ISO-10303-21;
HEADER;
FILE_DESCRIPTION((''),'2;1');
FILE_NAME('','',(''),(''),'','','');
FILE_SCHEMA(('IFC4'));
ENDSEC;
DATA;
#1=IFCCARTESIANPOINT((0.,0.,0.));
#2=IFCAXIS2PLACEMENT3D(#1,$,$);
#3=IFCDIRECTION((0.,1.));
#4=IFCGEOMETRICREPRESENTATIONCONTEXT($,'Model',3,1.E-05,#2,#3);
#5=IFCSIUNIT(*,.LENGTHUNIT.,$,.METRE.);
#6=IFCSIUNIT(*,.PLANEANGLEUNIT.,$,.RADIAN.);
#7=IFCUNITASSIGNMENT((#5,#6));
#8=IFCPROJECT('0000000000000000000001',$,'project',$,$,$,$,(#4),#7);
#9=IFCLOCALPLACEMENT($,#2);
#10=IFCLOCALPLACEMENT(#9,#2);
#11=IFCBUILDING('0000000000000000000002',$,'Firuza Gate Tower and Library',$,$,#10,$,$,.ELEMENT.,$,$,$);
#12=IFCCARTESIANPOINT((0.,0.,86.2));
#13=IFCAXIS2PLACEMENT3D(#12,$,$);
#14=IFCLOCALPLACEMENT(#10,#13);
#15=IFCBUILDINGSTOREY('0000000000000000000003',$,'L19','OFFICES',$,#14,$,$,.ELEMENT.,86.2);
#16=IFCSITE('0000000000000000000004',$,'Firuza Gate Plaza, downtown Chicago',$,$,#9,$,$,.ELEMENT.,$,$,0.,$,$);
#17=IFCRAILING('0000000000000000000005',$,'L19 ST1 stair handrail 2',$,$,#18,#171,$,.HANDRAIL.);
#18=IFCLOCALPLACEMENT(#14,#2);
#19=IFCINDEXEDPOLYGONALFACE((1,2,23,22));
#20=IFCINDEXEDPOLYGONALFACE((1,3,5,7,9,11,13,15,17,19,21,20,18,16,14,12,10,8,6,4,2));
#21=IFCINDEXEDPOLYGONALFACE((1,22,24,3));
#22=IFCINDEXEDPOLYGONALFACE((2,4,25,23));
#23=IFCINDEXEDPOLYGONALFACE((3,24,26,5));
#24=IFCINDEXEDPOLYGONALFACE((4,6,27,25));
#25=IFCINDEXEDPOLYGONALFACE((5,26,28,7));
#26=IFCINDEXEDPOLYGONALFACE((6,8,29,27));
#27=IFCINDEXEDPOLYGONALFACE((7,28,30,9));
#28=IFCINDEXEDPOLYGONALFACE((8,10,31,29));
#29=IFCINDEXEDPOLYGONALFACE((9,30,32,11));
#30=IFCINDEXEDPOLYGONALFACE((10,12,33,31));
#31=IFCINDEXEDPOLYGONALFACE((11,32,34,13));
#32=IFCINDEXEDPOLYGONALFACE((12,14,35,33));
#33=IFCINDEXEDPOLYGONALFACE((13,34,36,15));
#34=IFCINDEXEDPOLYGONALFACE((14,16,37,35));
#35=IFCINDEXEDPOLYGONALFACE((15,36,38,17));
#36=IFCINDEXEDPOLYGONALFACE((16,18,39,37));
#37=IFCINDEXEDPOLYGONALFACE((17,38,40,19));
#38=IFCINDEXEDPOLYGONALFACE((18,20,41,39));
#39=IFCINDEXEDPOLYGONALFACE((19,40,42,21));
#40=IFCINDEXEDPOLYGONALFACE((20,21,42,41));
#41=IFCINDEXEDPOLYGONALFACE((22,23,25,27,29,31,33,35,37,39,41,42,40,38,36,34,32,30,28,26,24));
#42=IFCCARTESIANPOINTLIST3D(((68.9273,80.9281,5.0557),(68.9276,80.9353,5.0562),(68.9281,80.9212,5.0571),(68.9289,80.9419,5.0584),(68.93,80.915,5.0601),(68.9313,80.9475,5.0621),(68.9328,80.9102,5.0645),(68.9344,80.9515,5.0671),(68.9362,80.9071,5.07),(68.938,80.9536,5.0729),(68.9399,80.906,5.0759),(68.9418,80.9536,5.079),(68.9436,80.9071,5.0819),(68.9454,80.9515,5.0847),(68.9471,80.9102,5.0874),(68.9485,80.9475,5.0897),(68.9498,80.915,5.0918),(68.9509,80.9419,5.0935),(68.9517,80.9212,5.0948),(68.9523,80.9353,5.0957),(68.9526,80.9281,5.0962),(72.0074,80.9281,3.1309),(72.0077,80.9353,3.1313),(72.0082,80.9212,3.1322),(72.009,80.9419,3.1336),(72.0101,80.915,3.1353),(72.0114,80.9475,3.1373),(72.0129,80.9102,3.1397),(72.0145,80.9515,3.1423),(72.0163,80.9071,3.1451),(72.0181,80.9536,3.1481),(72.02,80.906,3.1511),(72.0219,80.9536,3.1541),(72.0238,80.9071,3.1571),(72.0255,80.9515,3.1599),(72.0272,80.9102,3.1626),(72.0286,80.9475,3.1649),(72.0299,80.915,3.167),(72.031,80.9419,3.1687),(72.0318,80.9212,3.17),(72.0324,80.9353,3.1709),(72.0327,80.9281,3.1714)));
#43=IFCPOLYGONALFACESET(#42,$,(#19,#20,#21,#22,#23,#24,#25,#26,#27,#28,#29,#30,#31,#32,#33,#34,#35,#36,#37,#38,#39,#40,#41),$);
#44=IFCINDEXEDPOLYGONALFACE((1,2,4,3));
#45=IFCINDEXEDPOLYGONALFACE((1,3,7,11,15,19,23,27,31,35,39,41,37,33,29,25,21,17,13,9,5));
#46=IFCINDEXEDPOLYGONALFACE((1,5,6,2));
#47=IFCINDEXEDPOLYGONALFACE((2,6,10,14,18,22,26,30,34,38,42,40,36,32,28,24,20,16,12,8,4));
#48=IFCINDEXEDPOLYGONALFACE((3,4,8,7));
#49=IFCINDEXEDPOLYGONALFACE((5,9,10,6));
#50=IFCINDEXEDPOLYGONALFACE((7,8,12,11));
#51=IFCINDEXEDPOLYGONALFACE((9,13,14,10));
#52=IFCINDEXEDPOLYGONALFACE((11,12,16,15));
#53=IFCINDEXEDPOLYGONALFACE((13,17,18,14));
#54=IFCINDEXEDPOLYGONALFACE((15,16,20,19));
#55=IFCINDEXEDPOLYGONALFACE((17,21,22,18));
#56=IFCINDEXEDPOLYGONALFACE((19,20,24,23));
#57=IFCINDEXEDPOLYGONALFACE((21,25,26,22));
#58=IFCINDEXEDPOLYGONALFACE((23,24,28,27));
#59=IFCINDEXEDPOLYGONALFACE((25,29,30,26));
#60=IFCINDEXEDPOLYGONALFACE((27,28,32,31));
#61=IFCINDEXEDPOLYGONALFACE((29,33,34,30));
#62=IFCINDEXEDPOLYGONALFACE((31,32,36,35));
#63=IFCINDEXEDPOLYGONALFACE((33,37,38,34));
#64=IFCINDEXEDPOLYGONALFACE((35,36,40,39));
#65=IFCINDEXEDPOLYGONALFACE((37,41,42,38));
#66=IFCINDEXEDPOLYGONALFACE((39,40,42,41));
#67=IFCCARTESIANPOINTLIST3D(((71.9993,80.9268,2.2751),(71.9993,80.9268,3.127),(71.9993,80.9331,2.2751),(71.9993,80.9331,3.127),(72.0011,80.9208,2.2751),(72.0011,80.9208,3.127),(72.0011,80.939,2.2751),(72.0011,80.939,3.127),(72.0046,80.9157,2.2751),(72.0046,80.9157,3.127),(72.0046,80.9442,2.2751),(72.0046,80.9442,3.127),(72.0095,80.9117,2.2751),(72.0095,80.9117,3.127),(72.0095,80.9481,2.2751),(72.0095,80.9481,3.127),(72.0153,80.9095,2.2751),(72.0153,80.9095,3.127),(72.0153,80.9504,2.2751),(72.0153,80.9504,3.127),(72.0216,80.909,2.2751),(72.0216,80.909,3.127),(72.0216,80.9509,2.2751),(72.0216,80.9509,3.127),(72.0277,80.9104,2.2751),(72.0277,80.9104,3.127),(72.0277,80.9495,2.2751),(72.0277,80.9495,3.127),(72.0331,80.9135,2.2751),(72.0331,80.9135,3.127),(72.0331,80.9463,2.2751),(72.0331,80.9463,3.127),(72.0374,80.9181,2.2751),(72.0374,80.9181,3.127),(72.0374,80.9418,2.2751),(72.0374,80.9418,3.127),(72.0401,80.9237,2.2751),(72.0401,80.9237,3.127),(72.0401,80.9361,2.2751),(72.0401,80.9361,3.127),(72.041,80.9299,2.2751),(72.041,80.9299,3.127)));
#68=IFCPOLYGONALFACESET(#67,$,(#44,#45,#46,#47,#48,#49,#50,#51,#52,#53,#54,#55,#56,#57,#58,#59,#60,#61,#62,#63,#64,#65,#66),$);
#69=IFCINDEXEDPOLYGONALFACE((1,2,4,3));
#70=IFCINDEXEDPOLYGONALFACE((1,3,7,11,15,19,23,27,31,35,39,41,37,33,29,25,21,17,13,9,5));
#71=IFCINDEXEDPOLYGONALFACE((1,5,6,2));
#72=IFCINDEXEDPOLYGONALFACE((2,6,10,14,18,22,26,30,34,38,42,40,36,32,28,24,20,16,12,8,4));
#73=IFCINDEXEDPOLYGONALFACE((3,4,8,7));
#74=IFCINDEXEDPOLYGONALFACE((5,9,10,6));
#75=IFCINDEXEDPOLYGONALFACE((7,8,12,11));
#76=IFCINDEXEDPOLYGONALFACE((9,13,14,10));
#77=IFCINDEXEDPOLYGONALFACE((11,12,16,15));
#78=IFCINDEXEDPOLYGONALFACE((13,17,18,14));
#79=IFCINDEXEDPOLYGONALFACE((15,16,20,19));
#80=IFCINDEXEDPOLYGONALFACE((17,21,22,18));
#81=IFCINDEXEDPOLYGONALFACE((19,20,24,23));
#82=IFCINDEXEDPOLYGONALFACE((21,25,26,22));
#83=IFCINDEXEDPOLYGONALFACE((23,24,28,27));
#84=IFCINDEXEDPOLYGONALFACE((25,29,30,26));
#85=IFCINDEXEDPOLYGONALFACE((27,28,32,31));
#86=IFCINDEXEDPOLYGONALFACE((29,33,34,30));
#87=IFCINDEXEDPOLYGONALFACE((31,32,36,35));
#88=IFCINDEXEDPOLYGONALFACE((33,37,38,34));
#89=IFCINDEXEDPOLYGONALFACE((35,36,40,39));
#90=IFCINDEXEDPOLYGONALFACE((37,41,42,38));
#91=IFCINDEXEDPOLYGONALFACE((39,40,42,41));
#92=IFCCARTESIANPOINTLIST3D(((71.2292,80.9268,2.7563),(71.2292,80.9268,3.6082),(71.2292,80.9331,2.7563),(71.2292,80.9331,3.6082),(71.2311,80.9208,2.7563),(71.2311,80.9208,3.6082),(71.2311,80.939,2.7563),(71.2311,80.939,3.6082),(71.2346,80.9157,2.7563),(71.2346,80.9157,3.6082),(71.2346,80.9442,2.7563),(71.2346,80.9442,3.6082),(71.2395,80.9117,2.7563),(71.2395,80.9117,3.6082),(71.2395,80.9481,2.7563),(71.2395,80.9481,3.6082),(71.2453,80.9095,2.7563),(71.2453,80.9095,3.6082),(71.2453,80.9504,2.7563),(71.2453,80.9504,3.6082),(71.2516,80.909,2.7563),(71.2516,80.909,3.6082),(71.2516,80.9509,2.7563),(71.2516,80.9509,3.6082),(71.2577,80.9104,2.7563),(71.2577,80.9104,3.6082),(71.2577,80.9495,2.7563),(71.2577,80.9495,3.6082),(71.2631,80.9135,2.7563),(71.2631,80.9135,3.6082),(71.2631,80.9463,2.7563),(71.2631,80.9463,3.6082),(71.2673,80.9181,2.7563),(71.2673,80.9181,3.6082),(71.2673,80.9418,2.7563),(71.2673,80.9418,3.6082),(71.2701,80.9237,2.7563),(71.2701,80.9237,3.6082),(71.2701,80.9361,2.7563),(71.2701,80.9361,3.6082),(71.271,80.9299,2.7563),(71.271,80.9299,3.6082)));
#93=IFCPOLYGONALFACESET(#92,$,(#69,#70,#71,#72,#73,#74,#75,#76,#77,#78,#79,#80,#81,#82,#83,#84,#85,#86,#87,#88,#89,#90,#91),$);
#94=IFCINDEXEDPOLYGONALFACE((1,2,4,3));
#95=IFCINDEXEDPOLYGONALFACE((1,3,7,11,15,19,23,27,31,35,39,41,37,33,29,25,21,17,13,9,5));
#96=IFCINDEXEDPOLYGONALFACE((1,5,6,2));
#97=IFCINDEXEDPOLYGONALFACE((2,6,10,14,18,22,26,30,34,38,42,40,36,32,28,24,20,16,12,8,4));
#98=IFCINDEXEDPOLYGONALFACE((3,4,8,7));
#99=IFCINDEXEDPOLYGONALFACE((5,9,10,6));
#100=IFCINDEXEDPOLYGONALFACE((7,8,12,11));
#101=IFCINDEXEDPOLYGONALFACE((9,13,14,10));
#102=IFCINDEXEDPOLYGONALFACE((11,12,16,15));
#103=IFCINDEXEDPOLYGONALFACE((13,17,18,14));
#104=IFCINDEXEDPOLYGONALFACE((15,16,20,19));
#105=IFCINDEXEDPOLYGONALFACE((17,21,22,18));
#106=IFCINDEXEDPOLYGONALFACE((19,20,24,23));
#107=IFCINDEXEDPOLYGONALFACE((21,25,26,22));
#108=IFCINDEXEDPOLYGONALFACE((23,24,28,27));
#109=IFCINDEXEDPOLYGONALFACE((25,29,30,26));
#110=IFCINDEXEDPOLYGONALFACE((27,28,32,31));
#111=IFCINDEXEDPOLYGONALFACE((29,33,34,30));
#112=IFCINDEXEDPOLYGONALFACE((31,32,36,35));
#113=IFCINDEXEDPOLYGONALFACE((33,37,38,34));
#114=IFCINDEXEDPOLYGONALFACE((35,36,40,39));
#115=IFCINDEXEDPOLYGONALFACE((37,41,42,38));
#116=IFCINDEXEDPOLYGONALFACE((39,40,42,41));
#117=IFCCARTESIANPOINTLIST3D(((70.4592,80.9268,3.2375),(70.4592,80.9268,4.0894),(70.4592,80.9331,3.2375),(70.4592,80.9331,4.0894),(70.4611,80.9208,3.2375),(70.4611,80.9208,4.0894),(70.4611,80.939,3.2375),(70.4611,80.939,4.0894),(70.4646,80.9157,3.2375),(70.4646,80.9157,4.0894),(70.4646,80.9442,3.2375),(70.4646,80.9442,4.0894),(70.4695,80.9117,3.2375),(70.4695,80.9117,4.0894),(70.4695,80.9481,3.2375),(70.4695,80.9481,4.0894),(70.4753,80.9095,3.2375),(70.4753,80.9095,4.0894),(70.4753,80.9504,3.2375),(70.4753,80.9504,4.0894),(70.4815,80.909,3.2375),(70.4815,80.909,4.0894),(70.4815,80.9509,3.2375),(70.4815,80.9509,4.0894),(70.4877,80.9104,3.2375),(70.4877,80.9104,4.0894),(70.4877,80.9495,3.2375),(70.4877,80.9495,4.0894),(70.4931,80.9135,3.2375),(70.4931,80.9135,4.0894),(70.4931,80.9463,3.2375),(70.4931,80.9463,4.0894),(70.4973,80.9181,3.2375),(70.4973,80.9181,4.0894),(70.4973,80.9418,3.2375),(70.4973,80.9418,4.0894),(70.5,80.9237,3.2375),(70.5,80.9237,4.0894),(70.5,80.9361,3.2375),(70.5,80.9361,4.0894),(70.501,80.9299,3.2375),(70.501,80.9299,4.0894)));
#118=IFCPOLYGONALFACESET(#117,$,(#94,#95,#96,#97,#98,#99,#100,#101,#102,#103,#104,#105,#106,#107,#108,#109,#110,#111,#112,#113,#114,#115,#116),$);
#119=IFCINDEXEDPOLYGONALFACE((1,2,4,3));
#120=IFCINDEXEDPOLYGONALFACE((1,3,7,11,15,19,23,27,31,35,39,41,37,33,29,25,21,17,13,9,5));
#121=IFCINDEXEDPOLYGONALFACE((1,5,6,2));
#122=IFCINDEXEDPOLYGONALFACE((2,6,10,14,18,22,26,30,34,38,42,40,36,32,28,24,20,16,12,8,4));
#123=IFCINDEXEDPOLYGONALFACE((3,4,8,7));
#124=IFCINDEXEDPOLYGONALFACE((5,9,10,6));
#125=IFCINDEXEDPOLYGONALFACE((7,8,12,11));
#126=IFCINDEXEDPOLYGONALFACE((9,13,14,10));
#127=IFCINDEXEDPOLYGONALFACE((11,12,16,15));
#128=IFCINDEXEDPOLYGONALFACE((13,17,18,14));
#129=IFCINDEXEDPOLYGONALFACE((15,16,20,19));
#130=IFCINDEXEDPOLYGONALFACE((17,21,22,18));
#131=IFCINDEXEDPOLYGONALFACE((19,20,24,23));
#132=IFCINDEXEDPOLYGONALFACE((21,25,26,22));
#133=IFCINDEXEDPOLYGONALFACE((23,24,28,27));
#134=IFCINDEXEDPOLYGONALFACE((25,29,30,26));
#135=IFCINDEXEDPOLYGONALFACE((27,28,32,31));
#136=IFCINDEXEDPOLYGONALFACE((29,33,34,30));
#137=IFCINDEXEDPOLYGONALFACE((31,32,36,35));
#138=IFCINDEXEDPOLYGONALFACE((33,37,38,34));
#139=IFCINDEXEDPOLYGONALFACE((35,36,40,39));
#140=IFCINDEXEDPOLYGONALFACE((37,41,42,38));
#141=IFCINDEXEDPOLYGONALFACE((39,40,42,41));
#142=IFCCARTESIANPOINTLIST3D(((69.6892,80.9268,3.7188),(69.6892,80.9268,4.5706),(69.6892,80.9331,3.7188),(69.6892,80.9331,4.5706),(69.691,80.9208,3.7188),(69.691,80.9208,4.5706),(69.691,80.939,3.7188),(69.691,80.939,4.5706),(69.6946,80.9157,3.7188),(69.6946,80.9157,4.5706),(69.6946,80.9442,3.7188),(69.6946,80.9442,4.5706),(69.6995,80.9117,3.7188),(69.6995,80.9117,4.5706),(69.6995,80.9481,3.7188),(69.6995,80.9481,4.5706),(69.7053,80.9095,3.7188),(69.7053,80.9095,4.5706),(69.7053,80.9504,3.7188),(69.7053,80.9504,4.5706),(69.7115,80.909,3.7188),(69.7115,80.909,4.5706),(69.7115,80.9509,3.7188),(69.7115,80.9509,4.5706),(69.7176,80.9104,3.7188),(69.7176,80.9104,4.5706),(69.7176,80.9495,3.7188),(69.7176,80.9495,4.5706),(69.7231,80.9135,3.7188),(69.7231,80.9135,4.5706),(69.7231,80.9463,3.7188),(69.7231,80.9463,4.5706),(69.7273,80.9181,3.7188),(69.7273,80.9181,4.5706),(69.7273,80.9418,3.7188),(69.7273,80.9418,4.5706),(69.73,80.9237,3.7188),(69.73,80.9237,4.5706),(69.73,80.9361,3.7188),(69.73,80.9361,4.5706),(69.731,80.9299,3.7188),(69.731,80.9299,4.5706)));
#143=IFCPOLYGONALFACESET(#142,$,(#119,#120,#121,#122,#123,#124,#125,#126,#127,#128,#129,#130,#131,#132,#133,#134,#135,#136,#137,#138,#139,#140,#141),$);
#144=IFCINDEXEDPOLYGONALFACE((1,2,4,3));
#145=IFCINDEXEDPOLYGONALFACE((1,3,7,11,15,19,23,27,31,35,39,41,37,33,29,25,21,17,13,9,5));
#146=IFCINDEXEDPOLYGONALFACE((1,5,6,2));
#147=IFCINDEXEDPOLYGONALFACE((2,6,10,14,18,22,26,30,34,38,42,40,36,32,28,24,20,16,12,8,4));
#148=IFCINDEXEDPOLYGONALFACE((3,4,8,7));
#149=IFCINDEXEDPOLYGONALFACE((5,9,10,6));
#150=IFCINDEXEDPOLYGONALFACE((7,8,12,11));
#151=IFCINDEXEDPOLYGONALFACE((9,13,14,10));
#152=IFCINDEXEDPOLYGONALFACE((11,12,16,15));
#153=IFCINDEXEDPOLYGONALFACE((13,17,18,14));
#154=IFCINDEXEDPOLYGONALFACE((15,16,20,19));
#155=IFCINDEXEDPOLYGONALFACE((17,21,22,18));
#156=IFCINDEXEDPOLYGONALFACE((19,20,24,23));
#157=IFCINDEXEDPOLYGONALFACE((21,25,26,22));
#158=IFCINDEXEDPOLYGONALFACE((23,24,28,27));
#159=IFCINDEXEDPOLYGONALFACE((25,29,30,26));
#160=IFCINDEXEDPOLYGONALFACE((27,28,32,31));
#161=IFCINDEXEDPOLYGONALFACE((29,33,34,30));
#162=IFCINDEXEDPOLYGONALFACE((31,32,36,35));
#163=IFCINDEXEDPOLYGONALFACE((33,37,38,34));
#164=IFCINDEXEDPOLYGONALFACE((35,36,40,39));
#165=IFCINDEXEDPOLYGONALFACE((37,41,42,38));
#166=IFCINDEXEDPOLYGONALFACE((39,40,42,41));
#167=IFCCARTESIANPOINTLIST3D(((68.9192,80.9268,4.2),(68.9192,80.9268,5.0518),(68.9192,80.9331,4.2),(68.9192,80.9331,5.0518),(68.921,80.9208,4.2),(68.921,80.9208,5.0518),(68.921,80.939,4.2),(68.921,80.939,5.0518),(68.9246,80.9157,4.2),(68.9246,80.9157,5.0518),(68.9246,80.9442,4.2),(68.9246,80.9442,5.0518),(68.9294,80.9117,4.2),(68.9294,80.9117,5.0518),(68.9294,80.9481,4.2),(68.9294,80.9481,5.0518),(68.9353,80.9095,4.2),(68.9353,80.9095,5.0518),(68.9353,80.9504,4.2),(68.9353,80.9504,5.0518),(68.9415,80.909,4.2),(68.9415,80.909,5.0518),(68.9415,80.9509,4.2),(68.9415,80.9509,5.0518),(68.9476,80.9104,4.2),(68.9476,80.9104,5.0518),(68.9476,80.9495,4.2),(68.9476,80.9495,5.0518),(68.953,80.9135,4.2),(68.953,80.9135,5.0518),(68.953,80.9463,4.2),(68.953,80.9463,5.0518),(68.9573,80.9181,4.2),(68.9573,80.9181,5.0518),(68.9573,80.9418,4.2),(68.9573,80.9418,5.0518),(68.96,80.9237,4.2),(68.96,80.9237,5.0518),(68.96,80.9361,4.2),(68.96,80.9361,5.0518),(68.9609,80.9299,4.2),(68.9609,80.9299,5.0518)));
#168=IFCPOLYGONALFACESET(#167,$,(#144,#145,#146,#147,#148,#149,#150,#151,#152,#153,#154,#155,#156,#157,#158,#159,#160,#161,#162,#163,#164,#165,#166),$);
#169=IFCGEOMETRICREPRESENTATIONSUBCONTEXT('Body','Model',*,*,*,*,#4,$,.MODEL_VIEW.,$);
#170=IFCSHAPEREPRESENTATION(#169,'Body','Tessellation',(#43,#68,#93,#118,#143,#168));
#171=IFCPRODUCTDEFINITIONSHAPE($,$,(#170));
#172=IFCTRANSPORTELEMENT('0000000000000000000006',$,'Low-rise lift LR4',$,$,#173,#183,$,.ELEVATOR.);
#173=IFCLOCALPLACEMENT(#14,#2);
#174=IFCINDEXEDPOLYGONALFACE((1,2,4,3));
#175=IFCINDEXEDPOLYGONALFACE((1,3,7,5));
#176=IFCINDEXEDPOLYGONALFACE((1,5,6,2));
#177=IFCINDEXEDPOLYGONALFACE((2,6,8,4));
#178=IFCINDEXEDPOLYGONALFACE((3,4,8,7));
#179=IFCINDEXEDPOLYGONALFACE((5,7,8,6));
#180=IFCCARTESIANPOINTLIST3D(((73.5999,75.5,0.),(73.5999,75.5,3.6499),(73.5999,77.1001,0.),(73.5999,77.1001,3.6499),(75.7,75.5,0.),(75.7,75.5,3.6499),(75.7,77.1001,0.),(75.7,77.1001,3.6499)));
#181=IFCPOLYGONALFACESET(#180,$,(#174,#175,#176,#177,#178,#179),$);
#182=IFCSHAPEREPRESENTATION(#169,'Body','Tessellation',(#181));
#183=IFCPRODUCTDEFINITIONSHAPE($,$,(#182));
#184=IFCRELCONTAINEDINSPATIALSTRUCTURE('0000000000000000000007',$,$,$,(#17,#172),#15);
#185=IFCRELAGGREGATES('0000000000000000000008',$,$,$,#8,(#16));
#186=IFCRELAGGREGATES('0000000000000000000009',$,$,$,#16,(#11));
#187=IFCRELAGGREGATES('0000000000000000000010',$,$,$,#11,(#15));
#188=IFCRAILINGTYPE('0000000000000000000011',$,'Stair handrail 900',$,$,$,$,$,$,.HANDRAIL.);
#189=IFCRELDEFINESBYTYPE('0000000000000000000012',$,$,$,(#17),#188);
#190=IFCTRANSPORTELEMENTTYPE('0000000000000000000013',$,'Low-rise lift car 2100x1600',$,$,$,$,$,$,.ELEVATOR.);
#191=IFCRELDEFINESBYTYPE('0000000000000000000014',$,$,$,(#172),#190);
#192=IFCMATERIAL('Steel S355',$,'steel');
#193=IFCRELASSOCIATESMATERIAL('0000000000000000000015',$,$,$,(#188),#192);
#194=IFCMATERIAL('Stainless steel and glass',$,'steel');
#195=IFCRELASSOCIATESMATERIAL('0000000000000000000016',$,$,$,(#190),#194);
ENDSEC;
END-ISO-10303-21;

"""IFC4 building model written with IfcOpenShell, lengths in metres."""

from ifc_helpers import new_model, si_unit, direction, frame, origin, origin_2d, place, context, subcontext, project, spatial, rectangle, circle, extrude, material, type_object, element, save


model = new_model("IFC4")

# Units and contexts
model_context = context("Model", 3, precision=1e-05, world=origin(), true_north=direction((0.0, 1.0)))
body_context = subcontext(model_context, "Body", "Model", "MODEL_VIEW")
ifc_project = project(units=[si_unit("LENGTHUNIT", "METRE"), si_unit("PLANEANGLEUNIT", "RADIAN")], contexts=[model_context])

# Site, building, storey
site_placement = place(None, origin())
site = spatial("IfcSite", under=ifc_project, at=site_placement, Name="Firuza Gate Plaza, downtown Chicago", CompositionType="ELEMENT", RefElevation=0.0)
building_placement = place(site_placement, origin())
building = spatial("IfcBuilding", under=site, at=building_placement, Name="Firuza Gate Tower and Library", CompositionType="ELEMENT")
storey_placement = place(building_placement, frame((0.0, 0.0, 86.2)))
storey = spatial("IfcBuildingStorey", under=building, at=storey_placement, Name="L19", Description="OFFICES", CompositionType="ELEMENT", Elevation=86.2)

# Railing
ifc_material_1 = material(Name="Steel S355", Category="steel")
railing_type_1 = type_object("IfcRailingType", Name="Stair handrail 900", PredefinedType="HANDRAIL", material=ifc_material_1)
railing_1_placement = place(storey_placement, frame((72.02, 80.9299, 2.2751)))
element("IfcRailing", 1, at=railing_1_placement, inside=storey, type_object=railing_type_1, Name="L19 ST1 stair handrail 2", PredefinedType="HANDRAIL", context=body_context, shape_type="SweptSolid", body=[
    extrude(circle(Radius=0.0239, at=origin_2d()), frame((0.0, 0.0, 0.876), z_axis=(-0.848029, 0.0, 0.529951), x_axis=(0.0, -1.0, 0.0)), (0.0, 0.0, 1.0), 3.6321),
    extrude(circle(Radius=0.021, at=origin_2d()), origin(), (0.0, 0.0, 1.0), 0.8518),
    extrude(circle(Radius=0.021, at=origin_2d()), frame((-0.77, 0.0, 0.4812)), (0.0, 0.0, 1.0), 0.8518),
    extrude(circle(Radius=0.021, at=origin_2d()), frame((-1.54, 0.0, 0.9624)), (0.0, 0.0, 1.0), 0.8518),
    extrude(circle(Radius=0.021, at=origin_2d()), frame((-2.3101, 0.0, 1.4436)), (0.0, 0.0, 1.0), 0.8518),
    extrude(circle(Radius=0.021, at=origin_2d()), frame((-3.0801, 0.0, 1.9248)), (0.0, 0.0, 1.0), 0.8518),
])

# Transport element
ifc_material_2 = material(Name="Stainless steel and glass", Category="steel")
transport_element_type = type_object("IfcTransportElementType", Name="Low-rise lift car 2100x1600", PredefinedType="ELEVATOR", material=ifc_material_2)
transport_element_placement = place(storey_placement, frame((74.6499, 76.3, 0.0), z_axis=(0.0, 0.0, 1.0), x_axis=(1.0, 0.0, 0.0)))
element("IfcTransportElement", 2, at=transport_element_placement, inside=storey, type_object=transport_element_type, Name="Low-rise lift LR4", PredefinedType="ELEVATOR", context=body_context, shape_type="SweptSolid", body=[
    extrude(rectangle(XDim=2.1001, YDim=1.6001, at=origin_2d()), origin(), (0.0, 0.0, 1.0), 3.6499),
])

save(model, "model.ifc")
